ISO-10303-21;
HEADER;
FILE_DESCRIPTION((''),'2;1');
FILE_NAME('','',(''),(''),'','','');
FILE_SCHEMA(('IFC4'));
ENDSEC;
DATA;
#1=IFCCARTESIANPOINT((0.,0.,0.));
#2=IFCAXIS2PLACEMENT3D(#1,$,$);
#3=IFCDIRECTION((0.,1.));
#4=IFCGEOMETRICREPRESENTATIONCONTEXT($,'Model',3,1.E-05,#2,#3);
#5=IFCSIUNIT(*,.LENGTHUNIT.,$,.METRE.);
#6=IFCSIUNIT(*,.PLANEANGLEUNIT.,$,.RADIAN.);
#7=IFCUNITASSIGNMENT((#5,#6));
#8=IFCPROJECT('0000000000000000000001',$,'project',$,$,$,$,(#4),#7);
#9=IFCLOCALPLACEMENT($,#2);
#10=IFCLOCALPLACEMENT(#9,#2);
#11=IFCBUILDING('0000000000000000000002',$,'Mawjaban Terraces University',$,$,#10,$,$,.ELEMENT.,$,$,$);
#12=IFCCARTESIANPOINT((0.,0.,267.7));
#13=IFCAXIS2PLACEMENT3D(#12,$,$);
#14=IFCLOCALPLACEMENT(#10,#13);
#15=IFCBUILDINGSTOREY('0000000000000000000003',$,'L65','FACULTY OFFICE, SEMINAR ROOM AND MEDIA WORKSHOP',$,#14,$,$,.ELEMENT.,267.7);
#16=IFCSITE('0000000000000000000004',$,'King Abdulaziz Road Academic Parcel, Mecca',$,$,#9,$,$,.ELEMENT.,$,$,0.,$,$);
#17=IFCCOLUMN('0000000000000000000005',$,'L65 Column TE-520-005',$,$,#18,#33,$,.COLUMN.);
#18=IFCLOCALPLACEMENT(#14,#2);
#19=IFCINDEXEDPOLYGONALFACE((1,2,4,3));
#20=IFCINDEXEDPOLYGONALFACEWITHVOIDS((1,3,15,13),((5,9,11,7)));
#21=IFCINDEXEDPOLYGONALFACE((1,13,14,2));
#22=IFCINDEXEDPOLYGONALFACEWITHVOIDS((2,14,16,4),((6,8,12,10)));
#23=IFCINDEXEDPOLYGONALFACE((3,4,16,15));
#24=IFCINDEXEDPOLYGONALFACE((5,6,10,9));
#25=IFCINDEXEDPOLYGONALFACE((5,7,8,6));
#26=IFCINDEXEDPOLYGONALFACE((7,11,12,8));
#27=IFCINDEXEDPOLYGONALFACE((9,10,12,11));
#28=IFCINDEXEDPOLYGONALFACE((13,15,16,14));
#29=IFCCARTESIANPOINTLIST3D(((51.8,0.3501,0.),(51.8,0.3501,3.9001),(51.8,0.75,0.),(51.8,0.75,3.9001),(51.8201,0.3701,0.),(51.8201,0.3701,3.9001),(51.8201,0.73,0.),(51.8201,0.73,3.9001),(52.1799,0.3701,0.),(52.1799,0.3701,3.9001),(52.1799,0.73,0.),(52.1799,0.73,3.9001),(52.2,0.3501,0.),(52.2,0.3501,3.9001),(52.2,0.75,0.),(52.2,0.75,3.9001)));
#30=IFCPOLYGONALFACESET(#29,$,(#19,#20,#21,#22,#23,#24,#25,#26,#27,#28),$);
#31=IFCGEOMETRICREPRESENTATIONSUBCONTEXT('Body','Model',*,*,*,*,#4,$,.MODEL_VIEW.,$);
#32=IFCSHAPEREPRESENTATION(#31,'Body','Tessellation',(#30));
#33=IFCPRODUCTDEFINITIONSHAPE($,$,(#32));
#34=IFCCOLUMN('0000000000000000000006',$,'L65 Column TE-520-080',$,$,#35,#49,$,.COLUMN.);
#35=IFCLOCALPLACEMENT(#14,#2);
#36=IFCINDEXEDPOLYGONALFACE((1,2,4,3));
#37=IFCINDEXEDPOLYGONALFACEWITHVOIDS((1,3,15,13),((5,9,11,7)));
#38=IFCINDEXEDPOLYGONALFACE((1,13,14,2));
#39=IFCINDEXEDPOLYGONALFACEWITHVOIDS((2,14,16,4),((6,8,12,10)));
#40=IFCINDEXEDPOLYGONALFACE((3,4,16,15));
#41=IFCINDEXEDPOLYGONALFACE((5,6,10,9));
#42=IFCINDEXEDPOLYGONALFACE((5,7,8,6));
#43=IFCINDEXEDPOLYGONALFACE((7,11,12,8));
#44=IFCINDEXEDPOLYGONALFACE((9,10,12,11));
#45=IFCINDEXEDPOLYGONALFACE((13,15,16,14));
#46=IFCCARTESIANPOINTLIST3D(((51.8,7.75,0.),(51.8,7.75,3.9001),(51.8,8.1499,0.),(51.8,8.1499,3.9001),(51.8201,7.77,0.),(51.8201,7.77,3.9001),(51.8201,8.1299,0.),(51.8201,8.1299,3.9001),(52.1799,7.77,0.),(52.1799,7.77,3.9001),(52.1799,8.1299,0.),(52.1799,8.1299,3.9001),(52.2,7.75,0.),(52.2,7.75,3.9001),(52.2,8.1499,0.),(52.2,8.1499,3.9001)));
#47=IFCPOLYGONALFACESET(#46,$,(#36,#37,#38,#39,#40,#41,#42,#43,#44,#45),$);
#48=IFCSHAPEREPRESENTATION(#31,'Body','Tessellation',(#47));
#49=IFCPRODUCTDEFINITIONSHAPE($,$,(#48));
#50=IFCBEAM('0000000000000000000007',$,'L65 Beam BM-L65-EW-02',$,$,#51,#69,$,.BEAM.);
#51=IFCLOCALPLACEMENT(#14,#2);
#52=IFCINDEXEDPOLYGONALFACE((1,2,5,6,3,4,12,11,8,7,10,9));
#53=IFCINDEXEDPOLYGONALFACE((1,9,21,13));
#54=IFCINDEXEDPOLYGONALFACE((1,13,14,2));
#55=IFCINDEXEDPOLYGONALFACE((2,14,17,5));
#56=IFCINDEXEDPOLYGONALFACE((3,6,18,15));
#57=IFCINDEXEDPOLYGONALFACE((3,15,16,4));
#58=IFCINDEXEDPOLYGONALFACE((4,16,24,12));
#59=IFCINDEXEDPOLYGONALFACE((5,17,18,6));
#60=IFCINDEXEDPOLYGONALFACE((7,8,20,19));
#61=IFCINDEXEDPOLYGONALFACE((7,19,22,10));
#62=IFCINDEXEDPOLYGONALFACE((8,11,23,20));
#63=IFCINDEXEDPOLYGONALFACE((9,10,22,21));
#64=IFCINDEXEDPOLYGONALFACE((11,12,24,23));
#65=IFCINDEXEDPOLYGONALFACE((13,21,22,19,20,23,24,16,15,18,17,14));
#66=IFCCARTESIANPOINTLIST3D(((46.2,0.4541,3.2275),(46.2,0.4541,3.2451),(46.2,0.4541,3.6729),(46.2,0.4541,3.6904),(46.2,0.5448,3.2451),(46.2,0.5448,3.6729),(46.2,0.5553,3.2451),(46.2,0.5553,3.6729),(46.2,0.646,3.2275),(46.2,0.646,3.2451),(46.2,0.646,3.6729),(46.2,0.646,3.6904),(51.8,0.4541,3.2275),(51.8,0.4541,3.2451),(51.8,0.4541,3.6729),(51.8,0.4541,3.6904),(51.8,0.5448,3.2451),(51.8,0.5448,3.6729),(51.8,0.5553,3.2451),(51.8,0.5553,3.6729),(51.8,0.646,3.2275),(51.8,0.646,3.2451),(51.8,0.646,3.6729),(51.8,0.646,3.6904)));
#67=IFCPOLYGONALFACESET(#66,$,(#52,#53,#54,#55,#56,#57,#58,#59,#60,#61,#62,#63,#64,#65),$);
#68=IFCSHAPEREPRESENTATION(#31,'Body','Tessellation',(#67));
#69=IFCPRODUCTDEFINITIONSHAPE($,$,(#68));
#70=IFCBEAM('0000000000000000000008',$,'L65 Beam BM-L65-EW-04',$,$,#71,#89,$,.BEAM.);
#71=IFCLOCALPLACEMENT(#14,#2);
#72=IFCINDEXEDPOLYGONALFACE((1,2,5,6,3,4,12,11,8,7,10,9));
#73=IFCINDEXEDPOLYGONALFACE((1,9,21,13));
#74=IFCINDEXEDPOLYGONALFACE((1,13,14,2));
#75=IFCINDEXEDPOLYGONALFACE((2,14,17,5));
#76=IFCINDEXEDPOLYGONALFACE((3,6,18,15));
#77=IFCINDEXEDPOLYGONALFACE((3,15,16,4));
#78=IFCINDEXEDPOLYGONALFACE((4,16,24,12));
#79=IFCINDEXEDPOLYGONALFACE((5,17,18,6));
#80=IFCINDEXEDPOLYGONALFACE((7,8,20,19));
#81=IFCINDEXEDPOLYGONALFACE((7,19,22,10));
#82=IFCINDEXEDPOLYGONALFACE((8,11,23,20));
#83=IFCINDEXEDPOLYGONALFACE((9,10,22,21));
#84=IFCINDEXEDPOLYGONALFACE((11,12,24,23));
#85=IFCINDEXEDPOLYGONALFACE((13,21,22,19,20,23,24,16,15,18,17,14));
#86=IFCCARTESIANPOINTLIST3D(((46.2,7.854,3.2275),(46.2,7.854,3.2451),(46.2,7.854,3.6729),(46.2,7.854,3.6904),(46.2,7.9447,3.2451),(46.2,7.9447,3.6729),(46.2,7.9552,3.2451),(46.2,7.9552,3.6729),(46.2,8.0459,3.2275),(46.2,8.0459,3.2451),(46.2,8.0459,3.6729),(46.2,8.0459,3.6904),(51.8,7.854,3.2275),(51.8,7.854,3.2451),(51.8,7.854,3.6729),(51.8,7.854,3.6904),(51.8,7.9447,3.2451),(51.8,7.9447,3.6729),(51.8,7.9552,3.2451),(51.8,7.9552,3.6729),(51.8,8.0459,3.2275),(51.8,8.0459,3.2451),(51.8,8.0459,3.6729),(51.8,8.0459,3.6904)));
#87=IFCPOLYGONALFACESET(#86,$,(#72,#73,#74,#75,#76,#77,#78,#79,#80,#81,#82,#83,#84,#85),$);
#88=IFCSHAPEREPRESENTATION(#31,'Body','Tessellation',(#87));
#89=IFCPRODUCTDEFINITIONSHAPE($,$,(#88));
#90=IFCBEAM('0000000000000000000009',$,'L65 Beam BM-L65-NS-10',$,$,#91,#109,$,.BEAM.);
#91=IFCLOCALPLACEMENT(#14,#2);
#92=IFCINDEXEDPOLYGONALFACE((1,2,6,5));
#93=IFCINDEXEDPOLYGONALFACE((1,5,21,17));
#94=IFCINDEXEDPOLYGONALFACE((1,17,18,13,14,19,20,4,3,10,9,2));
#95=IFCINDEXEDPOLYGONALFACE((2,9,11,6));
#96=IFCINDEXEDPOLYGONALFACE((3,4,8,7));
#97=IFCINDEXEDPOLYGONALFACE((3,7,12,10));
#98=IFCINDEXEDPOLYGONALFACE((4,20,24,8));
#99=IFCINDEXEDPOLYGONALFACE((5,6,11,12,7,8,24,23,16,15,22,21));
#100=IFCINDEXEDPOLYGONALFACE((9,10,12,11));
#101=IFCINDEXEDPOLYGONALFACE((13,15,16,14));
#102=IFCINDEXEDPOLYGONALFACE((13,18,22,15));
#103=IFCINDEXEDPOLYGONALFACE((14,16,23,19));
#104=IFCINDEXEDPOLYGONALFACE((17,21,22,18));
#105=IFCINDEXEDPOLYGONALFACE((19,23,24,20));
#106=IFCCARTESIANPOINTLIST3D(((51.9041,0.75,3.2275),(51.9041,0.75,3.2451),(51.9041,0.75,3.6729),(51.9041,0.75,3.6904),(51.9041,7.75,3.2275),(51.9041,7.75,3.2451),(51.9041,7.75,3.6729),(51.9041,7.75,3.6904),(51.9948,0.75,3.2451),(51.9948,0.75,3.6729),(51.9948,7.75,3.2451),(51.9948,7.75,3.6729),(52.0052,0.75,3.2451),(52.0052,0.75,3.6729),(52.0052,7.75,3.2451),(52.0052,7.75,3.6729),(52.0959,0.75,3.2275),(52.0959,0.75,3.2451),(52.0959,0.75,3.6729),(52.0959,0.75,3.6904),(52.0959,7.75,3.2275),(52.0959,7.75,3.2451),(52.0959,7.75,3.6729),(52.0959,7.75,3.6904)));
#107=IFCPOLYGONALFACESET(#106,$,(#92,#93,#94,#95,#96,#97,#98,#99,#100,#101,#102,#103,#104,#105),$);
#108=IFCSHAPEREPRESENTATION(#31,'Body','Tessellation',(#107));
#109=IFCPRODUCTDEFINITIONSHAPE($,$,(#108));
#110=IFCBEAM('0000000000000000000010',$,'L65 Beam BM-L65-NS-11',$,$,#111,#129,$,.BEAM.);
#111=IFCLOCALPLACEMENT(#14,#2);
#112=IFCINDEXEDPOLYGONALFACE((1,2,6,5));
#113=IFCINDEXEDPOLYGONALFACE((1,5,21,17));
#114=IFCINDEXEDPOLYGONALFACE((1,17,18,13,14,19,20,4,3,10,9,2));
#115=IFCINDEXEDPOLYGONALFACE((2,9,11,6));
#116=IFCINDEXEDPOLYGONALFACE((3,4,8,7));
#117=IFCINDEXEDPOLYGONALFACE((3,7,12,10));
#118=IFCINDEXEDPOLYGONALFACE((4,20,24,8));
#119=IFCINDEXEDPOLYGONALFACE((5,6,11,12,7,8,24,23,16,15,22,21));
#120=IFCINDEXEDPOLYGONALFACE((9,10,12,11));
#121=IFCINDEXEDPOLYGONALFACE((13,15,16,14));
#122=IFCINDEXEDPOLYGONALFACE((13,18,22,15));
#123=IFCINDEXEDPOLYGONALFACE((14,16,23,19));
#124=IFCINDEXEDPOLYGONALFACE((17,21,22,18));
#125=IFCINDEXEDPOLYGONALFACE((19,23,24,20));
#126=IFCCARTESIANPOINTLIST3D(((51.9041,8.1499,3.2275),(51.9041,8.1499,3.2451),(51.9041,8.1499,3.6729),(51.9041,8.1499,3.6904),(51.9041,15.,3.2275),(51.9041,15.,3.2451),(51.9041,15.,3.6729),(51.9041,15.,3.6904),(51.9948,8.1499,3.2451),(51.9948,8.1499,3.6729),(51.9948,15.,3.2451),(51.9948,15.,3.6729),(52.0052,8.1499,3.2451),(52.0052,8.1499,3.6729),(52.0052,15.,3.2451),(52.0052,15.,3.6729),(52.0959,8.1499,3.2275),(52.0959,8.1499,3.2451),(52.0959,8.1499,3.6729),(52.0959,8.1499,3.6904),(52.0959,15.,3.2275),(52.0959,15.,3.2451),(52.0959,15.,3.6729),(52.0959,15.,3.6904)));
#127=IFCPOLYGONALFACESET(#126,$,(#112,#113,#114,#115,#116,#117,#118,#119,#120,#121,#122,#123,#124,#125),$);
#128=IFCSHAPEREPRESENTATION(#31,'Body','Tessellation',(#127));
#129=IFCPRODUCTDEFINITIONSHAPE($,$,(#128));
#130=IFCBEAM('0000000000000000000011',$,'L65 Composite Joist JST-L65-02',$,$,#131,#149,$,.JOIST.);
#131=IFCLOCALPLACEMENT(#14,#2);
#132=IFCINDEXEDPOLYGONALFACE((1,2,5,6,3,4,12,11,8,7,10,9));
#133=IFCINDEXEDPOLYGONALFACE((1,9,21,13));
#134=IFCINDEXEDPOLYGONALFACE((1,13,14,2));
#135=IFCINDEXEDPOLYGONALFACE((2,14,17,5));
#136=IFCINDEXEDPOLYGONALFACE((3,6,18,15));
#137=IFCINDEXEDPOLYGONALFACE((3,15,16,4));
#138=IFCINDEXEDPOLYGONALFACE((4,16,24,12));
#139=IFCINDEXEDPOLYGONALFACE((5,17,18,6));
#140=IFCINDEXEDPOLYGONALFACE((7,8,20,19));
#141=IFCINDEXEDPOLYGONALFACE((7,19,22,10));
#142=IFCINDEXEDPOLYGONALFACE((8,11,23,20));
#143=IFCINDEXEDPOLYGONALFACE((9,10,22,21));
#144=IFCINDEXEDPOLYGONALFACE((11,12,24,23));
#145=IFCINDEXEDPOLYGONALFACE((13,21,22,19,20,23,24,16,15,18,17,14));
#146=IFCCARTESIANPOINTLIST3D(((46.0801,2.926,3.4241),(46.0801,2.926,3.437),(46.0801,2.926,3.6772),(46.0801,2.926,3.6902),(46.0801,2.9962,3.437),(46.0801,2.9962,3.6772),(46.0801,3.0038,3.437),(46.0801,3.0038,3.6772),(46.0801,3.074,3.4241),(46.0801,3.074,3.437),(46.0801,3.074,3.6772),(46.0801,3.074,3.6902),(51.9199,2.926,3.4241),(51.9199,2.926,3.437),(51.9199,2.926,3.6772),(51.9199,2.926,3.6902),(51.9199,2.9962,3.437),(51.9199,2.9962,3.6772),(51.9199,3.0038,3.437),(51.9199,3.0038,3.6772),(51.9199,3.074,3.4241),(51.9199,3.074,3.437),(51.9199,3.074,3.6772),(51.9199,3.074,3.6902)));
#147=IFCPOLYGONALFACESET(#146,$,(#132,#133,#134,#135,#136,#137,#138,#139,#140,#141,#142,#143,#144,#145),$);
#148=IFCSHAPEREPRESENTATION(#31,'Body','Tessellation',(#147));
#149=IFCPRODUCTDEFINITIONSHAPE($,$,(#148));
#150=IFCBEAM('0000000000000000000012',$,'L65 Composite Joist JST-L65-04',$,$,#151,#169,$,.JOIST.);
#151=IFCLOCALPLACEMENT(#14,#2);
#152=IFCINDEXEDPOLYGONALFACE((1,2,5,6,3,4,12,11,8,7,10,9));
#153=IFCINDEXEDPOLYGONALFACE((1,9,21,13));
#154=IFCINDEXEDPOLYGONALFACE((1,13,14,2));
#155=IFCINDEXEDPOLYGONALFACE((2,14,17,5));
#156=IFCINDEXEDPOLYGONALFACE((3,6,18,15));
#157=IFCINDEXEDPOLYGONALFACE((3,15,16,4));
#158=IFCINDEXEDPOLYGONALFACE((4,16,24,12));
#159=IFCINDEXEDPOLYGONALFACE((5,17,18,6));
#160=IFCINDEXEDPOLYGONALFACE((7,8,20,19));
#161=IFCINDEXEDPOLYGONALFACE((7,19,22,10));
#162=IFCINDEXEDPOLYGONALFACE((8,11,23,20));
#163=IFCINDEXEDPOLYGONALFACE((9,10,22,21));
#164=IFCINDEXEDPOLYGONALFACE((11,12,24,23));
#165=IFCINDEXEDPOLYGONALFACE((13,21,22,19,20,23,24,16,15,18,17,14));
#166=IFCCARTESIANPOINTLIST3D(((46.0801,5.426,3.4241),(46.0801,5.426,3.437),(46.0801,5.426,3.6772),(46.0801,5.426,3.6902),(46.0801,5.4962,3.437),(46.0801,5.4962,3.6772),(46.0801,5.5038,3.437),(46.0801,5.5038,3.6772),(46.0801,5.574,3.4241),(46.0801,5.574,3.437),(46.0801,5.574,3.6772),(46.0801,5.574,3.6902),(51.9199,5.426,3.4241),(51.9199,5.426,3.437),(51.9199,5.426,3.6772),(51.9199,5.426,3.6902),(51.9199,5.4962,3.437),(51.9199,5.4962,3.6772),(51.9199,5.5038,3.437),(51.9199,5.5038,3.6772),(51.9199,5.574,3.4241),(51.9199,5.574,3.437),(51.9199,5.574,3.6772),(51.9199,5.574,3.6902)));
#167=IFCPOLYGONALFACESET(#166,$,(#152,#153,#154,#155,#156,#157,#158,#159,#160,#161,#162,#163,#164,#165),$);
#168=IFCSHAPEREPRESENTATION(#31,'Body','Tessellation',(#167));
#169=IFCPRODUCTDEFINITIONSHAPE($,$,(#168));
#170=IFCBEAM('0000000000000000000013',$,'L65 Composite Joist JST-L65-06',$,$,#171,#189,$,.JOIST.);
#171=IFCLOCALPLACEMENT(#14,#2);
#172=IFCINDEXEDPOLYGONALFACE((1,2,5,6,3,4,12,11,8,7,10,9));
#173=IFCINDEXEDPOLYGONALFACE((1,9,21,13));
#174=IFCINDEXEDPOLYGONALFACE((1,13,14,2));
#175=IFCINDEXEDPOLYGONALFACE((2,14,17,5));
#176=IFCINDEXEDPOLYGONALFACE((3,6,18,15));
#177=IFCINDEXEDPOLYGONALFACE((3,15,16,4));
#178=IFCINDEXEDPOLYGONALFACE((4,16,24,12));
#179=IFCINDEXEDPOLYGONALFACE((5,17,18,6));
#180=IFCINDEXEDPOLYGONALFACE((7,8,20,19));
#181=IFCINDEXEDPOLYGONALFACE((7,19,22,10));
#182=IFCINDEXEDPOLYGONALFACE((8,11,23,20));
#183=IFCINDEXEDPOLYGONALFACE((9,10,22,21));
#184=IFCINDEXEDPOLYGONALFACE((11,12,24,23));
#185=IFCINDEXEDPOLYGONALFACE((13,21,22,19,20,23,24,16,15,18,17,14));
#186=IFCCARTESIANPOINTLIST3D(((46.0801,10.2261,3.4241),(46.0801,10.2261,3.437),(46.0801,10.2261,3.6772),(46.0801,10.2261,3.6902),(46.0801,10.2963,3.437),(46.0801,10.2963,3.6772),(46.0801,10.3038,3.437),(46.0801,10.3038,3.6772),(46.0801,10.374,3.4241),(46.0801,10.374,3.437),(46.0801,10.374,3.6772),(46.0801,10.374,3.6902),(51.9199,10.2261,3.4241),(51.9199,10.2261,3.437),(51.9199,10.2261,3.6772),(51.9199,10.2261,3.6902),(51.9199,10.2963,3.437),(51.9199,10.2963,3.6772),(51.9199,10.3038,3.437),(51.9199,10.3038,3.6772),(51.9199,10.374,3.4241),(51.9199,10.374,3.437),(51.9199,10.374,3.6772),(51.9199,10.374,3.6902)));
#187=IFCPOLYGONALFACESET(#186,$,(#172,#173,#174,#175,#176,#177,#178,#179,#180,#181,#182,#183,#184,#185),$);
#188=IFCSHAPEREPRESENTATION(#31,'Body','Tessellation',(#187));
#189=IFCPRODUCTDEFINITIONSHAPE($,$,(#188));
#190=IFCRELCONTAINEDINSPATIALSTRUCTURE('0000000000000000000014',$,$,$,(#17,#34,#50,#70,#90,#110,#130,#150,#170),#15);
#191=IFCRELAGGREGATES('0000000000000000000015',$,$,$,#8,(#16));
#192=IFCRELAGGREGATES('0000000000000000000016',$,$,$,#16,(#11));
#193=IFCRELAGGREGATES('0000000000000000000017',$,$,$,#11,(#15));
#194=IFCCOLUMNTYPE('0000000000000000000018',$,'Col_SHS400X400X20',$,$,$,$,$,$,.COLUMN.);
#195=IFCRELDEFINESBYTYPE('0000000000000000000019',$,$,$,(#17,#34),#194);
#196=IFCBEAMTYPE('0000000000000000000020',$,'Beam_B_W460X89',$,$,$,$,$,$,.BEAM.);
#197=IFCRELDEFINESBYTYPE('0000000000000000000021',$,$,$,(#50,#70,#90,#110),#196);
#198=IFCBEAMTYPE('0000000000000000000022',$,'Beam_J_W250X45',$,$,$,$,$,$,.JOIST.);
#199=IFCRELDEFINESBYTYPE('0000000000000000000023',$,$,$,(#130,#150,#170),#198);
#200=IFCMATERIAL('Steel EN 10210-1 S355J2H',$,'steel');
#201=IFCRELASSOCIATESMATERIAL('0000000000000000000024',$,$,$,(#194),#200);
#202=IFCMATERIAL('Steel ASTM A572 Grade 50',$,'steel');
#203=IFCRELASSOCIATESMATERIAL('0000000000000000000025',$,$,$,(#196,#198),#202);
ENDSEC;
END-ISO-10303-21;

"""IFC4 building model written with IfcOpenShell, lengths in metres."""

from ifc_helpers import new_model, si_unit, direction, frame, origin, origin_2d, place, context, subcontext, project, spatial, hollow_rectangle, i_section, extrude, material, material_profile, profile_set, type_object, element, save


model = new_model("IFC4")

# Units and contexts
model_context = context("Model", 3, precision=1e-05, world=origin(), true_north=direction((0.0, 1.0)))
body_context = subcontext(model_context, "Body", "Model", "MODEL_VIEW")
ifc_project = project(units=[si_unit("LENGTHUNIT", "METRE"), si_unit("PLANEANGLEUNIT", "RADIAN")], contexts=[model_context])

# Site, building, storey
site_placement = place(None, origin())
site = spatial("IfcSite", under=ifc_project, at=site_placement, Name="King Abdulaziz Road Academic Parcel, Mecca", CompositionType="ELEMENT", RefElevation=0.0)
building_placement = place(site_placement, origin())
building = spatial("IfcBuilding", under=site, at=building_placement, Name="Mawjaban Terraces University", CompositionType="ELEMENT")
storey_placement = place(building_placement, frame((0.0, 0.0, 267.7)))
storey = spatial("IfcBuildingStorey", under=building, at=storey_placement, Name="L65", Description="FACULTY OFFICE, SEMINAR ROOM AND MEDIA WORKSHOP", CompositionType="ELEMENT", Elevation=267.7)

# Columns
ifc_material_1 = material(Name="Steel EN 10210-1 S355J2H", Category="steel")
ifc_material_profile_1 = material_profile(ifc_material_1, hollow_rectangle(XDim=0.3999, YDim=0.3999, WallThickness=0.02, at=origin_2d()), Name="SHS400X400X20")
ifc_profile_set_1 = profile_set([ifc_material_profile_1], Name="Steel EN 10210-1 S355J2H")
column_type = type_object("IfcColumnType", Name="Col_SHS400X400X20", PredefinedType="COLUMN", material=ifc_profile_set_1)
for number, where, z_axis, x_axis, name in (
    (1, (52.0, 0.55, 0.0), (0.0, 0.0, 1.0), (1.0, 0.0, 0.0), "L65 Column TE-520-005"),
    (2, (52.0, 7.95, 0.0), (0.0, 0.0, 1.0), (1.0, 0.0, 0.0), "L65 Column TE-520-080"),
):
    element("IfcColumn", number, at=place(storey_placement, frame(where, z_axis=z_axis, x_axis=x_axis)), inside=storey, type_object=column_type, Name=name, PredefinedType="COLUMN", context=body_context, shape_type="SweptSolid", body=[
        extrude(hollow_rectangle(XDim=0.3999, YDim=0.3999, WallThickness=0.02, at=origin_2d()), origin(), (0.0, 0.0, 1.0), 3.9001),
    ])

# Beams
ifc_material_2 = material(Name="Steel ASTM A572 Grade 50", Category="steel")
ifc_material_profile_2 = material_profile(ifc_material_2, i_section(OverallWidth=0.1919, OverallDepth=0.4629, WebThickness=0.0105, FlangeThickness=0.0176, at=origin_2d()), Name="W460X89")
ifc_profile_set_2 = profile_set([ifc_material_profile_2], Name="Steel ASTM A572 Grade 50")
beam_type_1 = type_object("IfcBeamType", Name="Beam_B_W460X89", PredefinedType="BEAM", material=ifc_profile_set_2)
for number, where, z_axis, x_axis, name in (
    (3, (46.2, 0.55, 3.459), (1.0, 0.0, 0.0), (0.0, 1.0, 0.0), "L65 Beam BM-L65-EW-02"),
    (4, (46.2, 7.95, 3.459), (1.0, 0.0, 0.0), (0.0, 1.0, 0.0), "L65 Beam BM-L65-EW-04"),
):
    element("IfcBeam", number, at=place(storey_placement, frame(where, z_axis=z_axis, x_axis=x_axis)), inside=storey, type_object=beam_type_1, Name=name, PredefinedType="BEAM", context=body_context, shape_type="SweptSolid", body=[
        extrude(i_section(OverallWidth=0.1919, OverallDepth=0.4629, WebThickness=0.0105, FlangeThickness=0.0176, at=origin_2d()), origin(), (0.0, 0.0, 1.0), 5.6001),
    ])
beam_1_placement = place(storey_placement, frame((52.0, 0.75, 3.459), z_axis=(0.0, 1.0, 0.0), x_axis=(-1.0, 0.0, 0.0)))
element("IfcBeam", 5, at=beam_1_placement, inside=storey, type_object=beam_type_1, Name="L65 Beam BM-L65-NS-10", PredefinedType="BEAM", context=body_context, shape_type="SweptSolid", body=[
    extrude(i_section(OverallWidth=0.1919, OverallDepth=0.4629, WebThickness=0.0105, FlangeThickness=0.0176, at=origin_2d()), origin(), (0.0, 0.0, 1.0), 7.0),
])
beam_2_placement = place(storey_placement, frame((52.0, 8.1499, 3.459), z_axis=(0.0, 1.0, 0.0), x_axis=(-1.0, 0.0, 0.0)))
element("IfcBeam", 6, at=beam_2_placement, inside=storey, type_object=beam_type_1, Name="L65 Beam BM-L65-NS-11", PredefinedType="BEAM", context=body_context, shape_type="SweptSolid", body=[
    extrude(i_section(OverallWidth=0.1919, OverallDepth=0.4629, WebThickness=0.0105, FlangeThickness=0.0176, at=origin_2d()), origin(), (0.0, 0.0, 1.0), 6.8501),
])
ifc_material_profile_3 = material_profile(ifc_material_2, i_section(OverallWidth=0.1479, OverallDepth=0.2661, WebThickness=0.0076, FlangeThickness=0.0129, at=origin_2d()), Name="W250X45")
ifc_profile_set_3 = profile_set([ifc_material_profile_3], Name="Steel ASTM A572 Grade 50")
beam_type_2 = type_object("IfcBeamType", Name="Beam_J_W250X45", PredefinedType="JOIST", material=ifc_profile_set_3)
for number, where, z_axis, x_axis, name in (
    (7, (46.0801, 3.0, 3.5571), (1.0, 0.0, 0.0), (0.0, 1.0, 0.0), "L65 Composite Joist JST-L65-02"),
    (8, (46.0801, 5.5, 3.5571), (1.0, 0.0, 0.0), (0.0, 1.0, 0.0), "L65 Composite Joist JST-L65-04"),
    (9, (46.0801, 10.3, 3.5571), (1.0, 0.0, 0.0), (0.0, 1.0, 0.0), "L65 Composite Joist JST-L65-06"),
):
    element("IfcBeam", number, at=place(storey_placement, frame(where, z_axis=z_axis, x_axis=x_axis)), inside=storey, type_object=beam_type_2, Name=name, PredefinedType="JOIST", context=body_context, shape_type="SweptSolid", body=[
        extrude(i_section(OverallWidth=0.1479, OverallDepth=0.2661, WebThickness=0.0076, FlangeThickness=0.0129, at=origin_2d()), origin(), (0.0, 0.0, 1.0), 5.8398),
    ])

save(model, "model.ifc")
